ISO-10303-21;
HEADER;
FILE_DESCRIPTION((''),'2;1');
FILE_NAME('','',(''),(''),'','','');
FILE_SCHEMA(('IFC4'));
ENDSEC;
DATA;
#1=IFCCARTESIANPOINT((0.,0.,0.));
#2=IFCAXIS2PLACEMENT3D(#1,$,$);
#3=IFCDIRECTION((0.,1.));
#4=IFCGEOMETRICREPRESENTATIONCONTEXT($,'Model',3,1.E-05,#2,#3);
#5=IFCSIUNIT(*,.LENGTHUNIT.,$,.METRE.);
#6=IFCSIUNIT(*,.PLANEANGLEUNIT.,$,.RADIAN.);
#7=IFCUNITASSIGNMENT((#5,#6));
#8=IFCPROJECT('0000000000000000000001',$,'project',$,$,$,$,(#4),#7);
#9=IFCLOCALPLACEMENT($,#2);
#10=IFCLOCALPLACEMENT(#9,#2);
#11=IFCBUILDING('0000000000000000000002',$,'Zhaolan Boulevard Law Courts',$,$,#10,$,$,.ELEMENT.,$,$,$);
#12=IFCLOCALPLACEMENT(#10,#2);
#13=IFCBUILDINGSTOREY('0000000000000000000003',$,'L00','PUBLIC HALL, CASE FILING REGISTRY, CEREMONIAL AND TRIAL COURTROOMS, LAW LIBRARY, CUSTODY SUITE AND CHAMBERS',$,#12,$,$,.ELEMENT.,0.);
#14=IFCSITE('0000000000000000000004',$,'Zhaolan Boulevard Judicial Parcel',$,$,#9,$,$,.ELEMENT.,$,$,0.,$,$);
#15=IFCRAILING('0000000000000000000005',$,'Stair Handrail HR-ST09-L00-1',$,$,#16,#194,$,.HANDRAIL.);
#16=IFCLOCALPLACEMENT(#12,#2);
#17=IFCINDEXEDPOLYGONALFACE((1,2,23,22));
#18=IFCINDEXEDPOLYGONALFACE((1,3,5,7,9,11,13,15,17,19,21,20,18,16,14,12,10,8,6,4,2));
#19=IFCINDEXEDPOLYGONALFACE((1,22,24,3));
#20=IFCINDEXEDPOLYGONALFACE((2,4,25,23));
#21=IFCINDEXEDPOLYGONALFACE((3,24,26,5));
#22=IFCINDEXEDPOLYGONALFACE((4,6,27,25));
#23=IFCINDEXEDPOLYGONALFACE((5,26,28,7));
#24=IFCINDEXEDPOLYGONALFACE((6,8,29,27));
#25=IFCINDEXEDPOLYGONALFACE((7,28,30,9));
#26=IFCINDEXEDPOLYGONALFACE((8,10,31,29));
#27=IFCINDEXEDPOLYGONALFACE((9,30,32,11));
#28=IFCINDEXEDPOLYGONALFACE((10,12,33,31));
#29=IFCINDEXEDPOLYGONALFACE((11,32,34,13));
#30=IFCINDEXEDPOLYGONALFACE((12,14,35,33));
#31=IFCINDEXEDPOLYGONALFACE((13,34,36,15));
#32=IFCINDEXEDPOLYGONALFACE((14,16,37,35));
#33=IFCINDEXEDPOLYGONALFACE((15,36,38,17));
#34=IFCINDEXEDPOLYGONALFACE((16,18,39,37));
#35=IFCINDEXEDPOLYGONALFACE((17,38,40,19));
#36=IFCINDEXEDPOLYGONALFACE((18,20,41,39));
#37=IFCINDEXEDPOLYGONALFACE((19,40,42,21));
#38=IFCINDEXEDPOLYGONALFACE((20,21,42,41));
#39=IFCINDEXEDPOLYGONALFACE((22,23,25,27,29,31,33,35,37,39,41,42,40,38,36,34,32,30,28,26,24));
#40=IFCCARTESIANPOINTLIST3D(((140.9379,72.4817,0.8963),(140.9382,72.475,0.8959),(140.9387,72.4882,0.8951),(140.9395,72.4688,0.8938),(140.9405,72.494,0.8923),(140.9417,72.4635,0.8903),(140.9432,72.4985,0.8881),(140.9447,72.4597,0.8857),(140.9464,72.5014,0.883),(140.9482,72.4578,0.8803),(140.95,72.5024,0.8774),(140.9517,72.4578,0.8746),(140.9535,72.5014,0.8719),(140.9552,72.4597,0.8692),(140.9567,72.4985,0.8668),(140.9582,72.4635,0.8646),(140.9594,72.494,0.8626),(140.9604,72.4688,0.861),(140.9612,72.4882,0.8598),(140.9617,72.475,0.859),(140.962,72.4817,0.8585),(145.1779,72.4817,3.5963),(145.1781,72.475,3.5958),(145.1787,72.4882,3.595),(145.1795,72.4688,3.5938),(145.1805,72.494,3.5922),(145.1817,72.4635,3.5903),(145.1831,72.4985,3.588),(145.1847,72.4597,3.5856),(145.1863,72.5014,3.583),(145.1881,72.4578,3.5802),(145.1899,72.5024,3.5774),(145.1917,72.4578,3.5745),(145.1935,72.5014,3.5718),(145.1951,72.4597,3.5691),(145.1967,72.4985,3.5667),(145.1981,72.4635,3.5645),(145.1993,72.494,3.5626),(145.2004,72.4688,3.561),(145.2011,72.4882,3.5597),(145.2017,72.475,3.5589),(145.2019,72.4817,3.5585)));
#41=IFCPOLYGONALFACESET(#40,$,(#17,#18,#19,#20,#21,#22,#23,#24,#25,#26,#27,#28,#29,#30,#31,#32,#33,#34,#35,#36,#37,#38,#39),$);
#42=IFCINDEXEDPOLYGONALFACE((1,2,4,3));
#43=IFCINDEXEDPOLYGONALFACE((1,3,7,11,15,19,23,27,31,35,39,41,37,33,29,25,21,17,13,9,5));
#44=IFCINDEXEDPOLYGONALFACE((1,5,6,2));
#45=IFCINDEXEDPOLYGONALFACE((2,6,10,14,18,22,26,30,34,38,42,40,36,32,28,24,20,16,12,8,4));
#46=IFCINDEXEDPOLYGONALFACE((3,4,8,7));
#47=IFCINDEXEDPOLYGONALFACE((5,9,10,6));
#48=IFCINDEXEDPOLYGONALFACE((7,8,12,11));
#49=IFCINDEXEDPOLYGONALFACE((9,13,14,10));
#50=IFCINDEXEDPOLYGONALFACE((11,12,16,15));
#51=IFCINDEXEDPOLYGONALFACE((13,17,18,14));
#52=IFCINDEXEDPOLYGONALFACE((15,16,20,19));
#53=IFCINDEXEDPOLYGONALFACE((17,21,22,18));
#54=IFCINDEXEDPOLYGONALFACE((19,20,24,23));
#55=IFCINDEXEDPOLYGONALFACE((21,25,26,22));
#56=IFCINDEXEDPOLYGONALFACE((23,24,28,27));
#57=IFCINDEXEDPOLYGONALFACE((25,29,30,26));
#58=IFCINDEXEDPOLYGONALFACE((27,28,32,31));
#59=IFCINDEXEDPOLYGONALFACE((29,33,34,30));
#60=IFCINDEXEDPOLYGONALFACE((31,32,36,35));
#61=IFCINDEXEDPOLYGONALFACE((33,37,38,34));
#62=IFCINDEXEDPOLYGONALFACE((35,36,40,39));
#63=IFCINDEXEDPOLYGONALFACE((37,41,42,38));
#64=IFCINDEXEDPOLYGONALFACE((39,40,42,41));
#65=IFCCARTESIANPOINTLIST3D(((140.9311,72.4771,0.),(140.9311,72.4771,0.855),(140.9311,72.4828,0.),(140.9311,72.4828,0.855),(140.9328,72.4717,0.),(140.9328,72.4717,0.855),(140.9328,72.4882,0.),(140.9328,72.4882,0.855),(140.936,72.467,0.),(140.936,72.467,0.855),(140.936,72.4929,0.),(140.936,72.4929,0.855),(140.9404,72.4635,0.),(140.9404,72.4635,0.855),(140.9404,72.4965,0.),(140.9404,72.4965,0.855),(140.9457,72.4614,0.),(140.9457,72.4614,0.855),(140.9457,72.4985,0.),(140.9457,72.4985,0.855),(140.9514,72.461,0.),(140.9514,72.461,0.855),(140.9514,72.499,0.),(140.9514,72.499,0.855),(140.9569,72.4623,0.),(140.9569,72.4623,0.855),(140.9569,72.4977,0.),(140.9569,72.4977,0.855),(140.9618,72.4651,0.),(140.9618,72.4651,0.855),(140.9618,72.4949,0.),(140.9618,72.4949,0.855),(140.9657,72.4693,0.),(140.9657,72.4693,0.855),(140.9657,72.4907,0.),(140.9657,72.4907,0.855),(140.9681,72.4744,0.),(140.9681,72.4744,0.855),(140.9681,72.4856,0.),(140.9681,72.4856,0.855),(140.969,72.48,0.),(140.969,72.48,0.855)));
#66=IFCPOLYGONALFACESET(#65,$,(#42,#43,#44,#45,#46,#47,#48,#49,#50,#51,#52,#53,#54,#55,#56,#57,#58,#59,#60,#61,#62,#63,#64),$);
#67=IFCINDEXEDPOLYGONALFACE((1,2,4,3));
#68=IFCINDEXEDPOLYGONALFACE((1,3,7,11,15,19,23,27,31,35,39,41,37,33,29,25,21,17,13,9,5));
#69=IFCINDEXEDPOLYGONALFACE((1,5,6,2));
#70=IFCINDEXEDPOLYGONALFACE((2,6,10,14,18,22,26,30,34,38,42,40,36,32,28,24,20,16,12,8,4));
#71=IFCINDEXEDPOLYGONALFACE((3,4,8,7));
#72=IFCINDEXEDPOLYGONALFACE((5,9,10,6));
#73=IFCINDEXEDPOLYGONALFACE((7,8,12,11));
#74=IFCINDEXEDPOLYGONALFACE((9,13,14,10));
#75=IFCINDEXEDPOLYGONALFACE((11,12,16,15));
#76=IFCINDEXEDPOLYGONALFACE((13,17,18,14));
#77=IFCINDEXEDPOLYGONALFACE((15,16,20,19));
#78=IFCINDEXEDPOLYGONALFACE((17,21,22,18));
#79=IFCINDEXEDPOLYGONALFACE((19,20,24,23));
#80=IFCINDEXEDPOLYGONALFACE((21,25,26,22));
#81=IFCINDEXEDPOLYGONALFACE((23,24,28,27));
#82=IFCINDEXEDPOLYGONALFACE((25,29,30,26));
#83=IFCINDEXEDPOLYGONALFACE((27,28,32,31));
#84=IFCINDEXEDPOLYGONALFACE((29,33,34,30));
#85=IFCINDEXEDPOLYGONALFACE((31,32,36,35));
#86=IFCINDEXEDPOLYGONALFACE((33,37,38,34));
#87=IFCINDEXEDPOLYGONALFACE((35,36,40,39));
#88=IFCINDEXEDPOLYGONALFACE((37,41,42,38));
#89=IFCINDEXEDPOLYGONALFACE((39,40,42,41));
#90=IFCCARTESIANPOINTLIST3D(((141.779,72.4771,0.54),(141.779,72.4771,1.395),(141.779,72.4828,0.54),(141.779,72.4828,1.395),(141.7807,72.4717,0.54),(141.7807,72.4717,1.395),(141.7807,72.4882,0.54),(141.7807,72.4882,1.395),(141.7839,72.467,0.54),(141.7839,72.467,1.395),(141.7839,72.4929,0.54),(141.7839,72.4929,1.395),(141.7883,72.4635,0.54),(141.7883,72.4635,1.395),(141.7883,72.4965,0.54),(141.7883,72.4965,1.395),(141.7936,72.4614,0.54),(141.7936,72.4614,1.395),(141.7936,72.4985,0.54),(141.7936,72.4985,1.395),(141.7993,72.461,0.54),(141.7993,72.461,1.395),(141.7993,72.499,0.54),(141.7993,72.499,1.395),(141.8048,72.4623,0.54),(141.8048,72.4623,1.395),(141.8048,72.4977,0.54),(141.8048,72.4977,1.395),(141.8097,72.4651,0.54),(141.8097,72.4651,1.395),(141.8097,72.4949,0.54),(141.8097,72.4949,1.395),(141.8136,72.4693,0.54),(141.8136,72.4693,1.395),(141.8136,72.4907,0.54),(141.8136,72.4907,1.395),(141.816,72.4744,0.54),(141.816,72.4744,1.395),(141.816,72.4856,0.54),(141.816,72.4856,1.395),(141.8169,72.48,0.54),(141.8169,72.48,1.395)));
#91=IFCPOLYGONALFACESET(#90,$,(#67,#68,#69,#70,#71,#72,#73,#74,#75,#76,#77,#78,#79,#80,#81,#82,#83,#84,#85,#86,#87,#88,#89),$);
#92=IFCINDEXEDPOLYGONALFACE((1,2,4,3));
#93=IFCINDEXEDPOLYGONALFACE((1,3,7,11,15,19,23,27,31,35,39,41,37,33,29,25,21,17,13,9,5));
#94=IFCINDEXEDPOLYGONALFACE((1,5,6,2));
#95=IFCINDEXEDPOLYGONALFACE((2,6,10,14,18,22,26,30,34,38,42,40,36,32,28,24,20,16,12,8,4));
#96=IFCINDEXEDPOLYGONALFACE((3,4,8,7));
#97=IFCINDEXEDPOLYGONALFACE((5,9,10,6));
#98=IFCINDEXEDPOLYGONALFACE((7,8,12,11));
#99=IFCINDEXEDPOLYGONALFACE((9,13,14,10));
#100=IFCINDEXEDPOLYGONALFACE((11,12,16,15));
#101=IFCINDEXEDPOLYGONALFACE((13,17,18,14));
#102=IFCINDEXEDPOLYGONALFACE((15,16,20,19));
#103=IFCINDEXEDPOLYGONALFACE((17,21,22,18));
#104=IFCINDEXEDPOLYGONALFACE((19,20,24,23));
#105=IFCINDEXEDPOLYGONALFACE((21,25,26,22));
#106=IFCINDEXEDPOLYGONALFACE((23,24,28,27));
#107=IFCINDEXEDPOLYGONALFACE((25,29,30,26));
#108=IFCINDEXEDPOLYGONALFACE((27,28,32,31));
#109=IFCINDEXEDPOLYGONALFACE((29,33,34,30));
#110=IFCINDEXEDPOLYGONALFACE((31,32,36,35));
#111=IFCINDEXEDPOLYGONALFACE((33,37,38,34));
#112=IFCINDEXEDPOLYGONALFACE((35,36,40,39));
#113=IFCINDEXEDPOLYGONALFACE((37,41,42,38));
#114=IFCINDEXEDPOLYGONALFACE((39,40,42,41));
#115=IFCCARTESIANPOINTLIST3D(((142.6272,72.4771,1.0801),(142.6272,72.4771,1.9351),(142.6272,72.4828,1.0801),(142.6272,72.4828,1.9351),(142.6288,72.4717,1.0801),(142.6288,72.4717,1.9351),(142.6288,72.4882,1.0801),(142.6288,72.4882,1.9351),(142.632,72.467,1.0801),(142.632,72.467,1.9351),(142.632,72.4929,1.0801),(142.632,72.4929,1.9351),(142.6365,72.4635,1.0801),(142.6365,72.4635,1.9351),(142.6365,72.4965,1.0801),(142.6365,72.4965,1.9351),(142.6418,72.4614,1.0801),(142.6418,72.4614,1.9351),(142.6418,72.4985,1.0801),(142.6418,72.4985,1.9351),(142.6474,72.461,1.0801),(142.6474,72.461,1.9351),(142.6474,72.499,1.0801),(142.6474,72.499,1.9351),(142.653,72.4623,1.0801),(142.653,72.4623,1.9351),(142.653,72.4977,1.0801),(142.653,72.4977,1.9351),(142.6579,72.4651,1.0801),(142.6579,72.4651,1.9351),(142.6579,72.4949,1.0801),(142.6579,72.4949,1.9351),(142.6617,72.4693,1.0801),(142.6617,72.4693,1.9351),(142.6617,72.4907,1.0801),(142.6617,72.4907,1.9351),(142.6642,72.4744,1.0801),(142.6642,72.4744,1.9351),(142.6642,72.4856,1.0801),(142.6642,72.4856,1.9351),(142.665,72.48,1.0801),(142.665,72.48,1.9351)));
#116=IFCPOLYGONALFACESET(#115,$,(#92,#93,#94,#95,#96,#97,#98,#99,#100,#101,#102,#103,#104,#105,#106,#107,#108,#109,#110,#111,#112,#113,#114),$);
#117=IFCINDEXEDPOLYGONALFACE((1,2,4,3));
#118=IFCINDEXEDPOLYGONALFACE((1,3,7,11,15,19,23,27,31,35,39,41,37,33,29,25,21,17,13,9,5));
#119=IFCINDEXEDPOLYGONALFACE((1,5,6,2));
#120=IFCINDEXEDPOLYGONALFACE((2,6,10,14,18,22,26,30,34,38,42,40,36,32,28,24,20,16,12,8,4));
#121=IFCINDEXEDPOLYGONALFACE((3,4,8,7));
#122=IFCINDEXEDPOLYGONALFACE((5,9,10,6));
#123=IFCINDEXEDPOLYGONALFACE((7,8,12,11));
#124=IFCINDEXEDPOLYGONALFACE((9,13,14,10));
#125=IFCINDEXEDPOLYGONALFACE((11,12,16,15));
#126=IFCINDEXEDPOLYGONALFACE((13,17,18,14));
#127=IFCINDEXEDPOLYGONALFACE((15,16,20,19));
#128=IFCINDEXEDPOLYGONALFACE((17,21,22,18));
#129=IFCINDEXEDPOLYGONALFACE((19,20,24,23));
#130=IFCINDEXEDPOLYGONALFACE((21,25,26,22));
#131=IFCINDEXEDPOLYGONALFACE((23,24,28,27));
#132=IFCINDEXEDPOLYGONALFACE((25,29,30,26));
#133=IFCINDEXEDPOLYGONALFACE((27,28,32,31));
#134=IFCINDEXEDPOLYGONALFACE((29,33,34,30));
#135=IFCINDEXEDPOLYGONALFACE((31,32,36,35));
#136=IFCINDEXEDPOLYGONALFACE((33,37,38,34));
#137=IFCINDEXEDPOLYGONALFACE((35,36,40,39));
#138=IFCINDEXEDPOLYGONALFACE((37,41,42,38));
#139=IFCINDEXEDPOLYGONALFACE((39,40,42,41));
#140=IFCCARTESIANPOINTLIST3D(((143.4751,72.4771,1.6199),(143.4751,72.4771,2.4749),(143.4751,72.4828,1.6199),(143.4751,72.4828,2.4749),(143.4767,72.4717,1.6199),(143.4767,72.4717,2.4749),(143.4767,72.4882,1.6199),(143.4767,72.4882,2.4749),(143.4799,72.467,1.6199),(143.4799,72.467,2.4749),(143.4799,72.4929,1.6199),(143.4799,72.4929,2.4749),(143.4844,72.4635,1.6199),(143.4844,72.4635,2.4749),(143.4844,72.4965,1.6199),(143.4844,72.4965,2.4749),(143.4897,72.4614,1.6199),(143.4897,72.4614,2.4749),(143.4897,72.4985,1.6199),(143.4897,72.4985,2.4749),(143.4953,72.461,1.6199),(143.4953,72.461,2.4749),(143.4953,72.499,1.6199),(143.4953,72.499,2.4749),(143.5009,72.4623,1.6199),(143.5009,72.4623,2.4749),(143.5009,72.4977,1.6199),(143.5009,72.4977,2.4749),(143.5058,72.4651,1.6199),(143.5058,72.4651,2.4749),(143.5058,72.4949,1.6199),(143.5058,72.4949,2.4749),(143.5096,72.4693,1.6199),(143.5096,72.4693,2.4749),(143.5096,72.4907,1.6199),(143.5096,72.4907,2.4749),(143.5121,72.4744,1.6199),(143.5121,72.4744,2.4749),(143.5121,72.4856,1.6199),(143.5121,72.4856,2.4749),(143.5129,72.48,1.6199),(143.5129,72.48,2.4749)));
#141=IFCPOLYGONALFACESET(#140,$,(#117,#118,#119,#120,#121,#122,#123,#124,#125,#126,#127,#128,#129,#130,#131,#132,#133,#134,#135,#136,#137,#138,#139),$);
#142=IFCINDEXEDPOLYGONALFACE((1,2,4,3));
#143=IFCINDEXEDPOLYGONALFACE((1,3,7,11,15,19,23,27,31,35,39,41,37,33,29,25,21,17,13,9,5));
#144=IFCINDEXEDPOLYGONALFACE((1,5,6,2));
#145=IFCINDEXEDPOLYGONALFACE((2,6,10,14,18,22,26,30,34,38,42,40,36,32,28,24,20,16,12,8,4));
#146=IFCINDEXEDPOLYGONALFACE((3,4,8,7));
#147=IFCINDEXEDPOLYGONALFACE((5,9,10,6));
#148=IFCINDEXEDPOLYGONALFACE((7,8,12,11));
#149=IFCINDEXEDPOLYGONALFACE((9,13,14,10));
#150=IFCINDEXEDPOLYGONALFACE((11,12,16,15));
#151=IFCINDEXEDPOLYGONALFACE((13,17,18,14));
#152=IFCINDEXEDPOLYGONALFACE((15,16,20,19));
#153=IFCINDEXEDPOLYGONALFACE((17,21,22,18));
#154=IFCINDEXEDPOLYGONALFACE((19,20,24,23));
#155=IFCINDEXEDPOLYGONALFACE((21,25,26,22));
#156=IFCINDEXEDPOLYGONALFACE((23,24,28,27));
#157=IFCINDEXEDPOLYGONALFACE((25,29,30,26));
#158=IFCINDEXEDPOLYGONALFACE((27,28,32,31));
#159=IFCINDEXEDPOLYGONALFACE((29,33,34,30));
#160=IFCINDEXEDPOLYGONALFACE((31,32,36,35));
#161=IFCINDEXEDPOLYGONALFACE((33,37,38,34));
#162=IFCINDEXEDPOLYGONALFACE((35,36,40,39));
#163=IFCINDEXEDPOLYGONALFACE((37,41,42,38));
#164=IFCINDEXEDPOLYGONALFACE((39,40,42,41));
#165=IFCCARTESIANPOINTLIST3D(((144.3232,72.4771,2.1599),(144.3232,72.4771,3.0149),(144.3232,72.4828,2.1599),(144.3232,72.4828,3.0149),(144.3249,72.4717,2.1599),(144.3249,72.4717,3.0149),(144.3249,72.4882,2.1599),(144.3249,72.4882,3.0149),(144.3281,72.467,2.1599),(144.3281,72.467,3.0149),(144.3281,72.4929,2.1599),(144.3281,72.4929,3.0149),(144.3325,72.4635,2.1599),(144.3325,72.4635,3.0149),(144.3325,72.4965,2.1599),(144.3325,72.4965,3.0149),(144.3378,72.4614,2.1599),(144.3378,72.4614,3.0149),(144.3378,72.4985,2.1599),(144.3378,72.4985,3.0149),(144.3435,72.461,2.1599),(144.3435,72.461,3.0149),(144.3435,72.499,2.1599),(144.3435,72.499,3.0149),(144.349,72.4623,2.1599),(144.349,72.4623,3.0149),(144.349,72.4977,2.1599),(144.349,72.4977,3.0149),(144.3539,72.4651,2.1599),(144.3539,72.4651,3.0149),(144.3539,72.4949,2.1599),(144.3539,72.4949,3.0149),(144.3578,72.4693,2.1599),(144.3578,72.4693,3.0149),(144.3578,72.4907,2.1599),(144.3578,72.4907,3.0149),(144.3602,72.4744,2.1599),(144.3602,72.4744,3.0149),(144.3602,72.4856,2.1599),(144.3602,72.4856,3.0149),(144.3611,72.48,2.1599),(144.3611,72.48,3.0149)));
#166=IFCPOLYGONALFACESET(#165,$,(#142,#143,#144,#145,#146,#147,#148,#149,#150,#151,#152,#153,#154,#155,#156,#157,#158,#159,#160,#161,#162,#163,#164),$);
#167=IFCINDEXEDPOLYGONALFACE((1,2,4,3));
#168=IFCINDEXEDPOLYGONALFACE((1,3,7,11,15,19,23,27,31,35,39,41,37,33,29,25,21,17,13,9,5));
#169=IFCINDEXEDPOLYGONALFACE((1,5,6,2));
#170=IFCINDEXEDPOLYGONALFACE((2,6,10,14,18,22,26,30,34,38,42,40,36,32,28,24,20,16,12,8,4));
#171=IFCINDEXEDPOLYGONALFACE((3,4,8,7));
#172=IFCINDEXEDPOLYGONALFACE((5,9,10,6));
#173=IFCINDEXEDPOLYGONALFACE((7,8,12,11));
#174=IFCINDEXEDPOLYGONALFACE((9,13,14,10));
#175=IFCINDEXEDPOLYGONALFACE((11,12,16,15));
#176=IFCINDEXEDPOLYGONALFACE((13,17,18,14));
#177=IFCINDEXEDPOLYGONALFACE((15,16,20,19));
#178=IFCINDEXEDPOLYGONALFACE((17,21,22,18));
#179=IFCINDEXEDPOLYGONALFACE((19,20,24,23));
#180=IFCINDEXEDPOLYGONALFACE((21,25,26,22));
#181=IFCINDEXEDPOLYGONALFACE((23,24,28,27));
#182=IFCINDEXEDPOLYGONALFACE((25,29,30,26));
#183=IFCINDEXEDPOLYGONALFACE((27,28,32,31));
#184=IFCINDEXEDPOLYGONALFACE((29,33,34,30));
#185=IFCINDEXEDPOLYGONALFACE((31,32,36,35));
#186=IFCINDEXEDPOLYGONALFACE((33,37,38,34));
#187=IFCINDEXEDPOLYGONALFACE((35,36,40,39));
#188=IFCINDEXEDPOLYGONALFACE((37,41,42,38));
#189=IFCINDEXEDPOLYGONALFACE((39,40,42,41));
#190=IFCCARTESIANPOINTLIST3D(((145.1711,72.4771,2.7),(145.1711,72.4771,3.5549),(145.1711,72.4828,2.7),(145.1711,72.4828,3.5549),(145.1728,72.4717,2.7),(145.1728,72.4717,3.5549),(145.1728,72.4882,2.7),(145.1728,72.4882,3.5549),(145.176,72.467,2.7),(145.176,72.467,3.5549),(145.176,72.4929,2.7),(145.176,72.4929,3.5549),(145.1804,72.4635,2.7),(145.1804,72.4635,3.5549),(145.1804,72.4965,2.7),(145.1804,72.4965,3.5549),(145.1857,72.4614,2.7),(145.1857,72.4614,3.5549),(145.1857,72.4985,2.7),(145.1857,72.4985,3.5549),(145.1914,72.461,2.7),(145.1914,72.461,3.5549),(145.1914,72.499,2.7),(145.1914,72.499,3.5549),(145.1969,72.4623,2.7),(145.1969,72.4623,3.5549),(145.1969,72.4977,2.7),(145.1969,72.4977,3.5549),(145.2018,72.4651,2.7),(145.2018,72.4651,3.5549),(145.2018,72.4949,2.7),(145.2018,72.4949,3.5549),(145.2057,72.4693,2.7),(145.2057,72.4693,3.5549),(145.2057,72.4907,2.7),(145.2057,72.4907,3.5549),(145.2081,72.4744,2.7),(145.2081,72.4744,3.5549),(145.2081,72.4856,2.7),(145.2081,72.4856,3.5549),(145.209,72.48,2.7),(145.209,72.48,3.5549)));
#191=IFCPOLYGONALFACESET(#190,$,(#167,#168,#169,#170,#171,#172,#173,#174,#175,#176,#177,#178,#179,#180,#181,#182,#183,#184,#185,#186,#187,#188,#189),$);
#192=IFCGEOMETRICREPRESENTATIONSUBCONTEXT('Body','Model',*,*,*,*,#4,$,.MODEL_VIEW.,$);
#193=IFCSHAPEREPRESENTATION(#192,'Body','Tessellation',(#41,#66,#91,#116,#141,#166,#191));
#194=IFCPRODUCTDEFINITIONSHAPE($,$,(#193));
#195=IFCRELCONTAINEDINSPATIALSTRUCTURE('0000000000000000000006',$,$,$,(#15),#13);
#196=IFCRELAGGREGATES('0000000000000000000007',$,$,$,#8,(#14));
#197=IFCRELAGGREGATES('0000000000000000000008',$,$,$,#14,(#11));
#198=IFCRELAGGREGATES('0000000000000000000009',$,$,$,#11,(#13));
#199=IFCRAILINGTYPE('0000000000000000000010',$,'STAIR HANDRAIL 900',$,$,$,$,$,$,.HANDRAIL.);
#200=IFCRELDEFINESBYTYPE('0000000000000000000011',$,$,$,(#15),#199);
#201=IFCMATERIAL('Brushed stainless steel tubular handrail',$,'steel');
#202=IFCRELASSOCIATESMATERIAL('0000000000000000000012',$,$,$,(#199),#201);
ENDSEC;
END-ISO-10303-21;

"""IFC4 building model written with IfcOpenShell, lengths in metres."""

from ifc_helpers import new_model, si_unit, direction, frame, origin, origin_2d, place, context, subcontext, project, spatial, circle, extrude, material, type_object, element, save


model = new_model("IFC4")

# Units and contexts
model_context = context("Model", 3, precision=1e-05, world=origin(), true_north=direction((0.0, 1.0)))
body_context = subcontext(model_context, "Body", "Model", "MODEL_VIEW")
ifc_project = project(units=[si_unit("LENGTHUNIT", "METRE"), si_unit("PLANEANGLEUNIT", "RADIAN")], contexts=[model_context])

# Site, building, storey
site_placement = place(None, origin())
site = spatial("IfcSite", under=ifc_project, at=site_placement, Name="Zhaolan Boulevard Judicial Parcel", CompositionType="ELEMENT", RefElevation=0.0)
building_placement = place(site_placement, origin())
building = spatial("IfcBuilding", under=site, at=building_placement, Name="Zhaolan Boulevard Law Courts", CompositionType="ELEMENT")
storey_placement = place(building_placement, origin())
storey = spatial("IfcBuildingStorey", under=building, at=storey_placement, Name="L00", Description="PUBLIC HALL, CASE FILING REGISTRY, CEREMONIAL AND TRIAL COURTROOMS, LAW LIBRARY, CUSTODY SUITE AND CHAMBERS", CompositionType="ELEMENT", Elevation=0.0)

# Railing
ifc_material_1 = material(Name="Brushed stainless steel tubular handrail", Category="steel")
railing_type_1 = type_object("IfcRailingType", Name="STAIR HANDRAIL 900", PredefinedType="HANDRAIL", material=ifc_material_1)
railing_1_placement = place(storey_placement, frame((140.95, 72.48, 0.0)))
element("IfcRailing", 1, at=railing_1_placement, inside=storey, type_object=railing_type_1, Name="Stair Handrail HR-ST09-L00-1", PredefinedType="HANDRAIL", context=body_context, shape_type="SweptSolid", body=[
    extrude(circle(Radius=0.0225, at=origin_2d()), frame((0.0, 0.0, 0.8774), z_axis=(0.843501, 0.0, 0.537127), x_axis=(0.0, 1.0, 0.0)), (0.0, 0.0, 1.0), 5.0266),
    extrude(circle(Radius=0.019, at=origin_2d()), origin(), (0.0, 0.0, 1.0), 0.855),
    extrude(circle(Radius=0.019, at=origin_2d()), frame((0.8479, 0.0, 0.54)), (0.0, 0.0, 1.0), 0.855),
    extrude(circle(Radius=0.019, at=origin_2d()), frame((1.696, 0.0, 1.0801)), (0.0, 0.0, 1.0), 0.855),
    extrude(circle(Radius=0.019, at=origin_2d()), frame((2.5439, 0.0, 1.6199)), (0.0, 0.0, 1.0), 0.855),
    extrude(circle(Radius=0.019, at=origin_2d()), frame((3.3921, 0.0, 2.1599)), (0.0, 0.0, 1.0), 0.855),
    extrude(circle(Radius=0.019, at=origin_2d()), frame((4.24, 0.0, 2.7)), (0.0, 0.0, 1.0), 0.855),
])

save(model, "model.ifc")
